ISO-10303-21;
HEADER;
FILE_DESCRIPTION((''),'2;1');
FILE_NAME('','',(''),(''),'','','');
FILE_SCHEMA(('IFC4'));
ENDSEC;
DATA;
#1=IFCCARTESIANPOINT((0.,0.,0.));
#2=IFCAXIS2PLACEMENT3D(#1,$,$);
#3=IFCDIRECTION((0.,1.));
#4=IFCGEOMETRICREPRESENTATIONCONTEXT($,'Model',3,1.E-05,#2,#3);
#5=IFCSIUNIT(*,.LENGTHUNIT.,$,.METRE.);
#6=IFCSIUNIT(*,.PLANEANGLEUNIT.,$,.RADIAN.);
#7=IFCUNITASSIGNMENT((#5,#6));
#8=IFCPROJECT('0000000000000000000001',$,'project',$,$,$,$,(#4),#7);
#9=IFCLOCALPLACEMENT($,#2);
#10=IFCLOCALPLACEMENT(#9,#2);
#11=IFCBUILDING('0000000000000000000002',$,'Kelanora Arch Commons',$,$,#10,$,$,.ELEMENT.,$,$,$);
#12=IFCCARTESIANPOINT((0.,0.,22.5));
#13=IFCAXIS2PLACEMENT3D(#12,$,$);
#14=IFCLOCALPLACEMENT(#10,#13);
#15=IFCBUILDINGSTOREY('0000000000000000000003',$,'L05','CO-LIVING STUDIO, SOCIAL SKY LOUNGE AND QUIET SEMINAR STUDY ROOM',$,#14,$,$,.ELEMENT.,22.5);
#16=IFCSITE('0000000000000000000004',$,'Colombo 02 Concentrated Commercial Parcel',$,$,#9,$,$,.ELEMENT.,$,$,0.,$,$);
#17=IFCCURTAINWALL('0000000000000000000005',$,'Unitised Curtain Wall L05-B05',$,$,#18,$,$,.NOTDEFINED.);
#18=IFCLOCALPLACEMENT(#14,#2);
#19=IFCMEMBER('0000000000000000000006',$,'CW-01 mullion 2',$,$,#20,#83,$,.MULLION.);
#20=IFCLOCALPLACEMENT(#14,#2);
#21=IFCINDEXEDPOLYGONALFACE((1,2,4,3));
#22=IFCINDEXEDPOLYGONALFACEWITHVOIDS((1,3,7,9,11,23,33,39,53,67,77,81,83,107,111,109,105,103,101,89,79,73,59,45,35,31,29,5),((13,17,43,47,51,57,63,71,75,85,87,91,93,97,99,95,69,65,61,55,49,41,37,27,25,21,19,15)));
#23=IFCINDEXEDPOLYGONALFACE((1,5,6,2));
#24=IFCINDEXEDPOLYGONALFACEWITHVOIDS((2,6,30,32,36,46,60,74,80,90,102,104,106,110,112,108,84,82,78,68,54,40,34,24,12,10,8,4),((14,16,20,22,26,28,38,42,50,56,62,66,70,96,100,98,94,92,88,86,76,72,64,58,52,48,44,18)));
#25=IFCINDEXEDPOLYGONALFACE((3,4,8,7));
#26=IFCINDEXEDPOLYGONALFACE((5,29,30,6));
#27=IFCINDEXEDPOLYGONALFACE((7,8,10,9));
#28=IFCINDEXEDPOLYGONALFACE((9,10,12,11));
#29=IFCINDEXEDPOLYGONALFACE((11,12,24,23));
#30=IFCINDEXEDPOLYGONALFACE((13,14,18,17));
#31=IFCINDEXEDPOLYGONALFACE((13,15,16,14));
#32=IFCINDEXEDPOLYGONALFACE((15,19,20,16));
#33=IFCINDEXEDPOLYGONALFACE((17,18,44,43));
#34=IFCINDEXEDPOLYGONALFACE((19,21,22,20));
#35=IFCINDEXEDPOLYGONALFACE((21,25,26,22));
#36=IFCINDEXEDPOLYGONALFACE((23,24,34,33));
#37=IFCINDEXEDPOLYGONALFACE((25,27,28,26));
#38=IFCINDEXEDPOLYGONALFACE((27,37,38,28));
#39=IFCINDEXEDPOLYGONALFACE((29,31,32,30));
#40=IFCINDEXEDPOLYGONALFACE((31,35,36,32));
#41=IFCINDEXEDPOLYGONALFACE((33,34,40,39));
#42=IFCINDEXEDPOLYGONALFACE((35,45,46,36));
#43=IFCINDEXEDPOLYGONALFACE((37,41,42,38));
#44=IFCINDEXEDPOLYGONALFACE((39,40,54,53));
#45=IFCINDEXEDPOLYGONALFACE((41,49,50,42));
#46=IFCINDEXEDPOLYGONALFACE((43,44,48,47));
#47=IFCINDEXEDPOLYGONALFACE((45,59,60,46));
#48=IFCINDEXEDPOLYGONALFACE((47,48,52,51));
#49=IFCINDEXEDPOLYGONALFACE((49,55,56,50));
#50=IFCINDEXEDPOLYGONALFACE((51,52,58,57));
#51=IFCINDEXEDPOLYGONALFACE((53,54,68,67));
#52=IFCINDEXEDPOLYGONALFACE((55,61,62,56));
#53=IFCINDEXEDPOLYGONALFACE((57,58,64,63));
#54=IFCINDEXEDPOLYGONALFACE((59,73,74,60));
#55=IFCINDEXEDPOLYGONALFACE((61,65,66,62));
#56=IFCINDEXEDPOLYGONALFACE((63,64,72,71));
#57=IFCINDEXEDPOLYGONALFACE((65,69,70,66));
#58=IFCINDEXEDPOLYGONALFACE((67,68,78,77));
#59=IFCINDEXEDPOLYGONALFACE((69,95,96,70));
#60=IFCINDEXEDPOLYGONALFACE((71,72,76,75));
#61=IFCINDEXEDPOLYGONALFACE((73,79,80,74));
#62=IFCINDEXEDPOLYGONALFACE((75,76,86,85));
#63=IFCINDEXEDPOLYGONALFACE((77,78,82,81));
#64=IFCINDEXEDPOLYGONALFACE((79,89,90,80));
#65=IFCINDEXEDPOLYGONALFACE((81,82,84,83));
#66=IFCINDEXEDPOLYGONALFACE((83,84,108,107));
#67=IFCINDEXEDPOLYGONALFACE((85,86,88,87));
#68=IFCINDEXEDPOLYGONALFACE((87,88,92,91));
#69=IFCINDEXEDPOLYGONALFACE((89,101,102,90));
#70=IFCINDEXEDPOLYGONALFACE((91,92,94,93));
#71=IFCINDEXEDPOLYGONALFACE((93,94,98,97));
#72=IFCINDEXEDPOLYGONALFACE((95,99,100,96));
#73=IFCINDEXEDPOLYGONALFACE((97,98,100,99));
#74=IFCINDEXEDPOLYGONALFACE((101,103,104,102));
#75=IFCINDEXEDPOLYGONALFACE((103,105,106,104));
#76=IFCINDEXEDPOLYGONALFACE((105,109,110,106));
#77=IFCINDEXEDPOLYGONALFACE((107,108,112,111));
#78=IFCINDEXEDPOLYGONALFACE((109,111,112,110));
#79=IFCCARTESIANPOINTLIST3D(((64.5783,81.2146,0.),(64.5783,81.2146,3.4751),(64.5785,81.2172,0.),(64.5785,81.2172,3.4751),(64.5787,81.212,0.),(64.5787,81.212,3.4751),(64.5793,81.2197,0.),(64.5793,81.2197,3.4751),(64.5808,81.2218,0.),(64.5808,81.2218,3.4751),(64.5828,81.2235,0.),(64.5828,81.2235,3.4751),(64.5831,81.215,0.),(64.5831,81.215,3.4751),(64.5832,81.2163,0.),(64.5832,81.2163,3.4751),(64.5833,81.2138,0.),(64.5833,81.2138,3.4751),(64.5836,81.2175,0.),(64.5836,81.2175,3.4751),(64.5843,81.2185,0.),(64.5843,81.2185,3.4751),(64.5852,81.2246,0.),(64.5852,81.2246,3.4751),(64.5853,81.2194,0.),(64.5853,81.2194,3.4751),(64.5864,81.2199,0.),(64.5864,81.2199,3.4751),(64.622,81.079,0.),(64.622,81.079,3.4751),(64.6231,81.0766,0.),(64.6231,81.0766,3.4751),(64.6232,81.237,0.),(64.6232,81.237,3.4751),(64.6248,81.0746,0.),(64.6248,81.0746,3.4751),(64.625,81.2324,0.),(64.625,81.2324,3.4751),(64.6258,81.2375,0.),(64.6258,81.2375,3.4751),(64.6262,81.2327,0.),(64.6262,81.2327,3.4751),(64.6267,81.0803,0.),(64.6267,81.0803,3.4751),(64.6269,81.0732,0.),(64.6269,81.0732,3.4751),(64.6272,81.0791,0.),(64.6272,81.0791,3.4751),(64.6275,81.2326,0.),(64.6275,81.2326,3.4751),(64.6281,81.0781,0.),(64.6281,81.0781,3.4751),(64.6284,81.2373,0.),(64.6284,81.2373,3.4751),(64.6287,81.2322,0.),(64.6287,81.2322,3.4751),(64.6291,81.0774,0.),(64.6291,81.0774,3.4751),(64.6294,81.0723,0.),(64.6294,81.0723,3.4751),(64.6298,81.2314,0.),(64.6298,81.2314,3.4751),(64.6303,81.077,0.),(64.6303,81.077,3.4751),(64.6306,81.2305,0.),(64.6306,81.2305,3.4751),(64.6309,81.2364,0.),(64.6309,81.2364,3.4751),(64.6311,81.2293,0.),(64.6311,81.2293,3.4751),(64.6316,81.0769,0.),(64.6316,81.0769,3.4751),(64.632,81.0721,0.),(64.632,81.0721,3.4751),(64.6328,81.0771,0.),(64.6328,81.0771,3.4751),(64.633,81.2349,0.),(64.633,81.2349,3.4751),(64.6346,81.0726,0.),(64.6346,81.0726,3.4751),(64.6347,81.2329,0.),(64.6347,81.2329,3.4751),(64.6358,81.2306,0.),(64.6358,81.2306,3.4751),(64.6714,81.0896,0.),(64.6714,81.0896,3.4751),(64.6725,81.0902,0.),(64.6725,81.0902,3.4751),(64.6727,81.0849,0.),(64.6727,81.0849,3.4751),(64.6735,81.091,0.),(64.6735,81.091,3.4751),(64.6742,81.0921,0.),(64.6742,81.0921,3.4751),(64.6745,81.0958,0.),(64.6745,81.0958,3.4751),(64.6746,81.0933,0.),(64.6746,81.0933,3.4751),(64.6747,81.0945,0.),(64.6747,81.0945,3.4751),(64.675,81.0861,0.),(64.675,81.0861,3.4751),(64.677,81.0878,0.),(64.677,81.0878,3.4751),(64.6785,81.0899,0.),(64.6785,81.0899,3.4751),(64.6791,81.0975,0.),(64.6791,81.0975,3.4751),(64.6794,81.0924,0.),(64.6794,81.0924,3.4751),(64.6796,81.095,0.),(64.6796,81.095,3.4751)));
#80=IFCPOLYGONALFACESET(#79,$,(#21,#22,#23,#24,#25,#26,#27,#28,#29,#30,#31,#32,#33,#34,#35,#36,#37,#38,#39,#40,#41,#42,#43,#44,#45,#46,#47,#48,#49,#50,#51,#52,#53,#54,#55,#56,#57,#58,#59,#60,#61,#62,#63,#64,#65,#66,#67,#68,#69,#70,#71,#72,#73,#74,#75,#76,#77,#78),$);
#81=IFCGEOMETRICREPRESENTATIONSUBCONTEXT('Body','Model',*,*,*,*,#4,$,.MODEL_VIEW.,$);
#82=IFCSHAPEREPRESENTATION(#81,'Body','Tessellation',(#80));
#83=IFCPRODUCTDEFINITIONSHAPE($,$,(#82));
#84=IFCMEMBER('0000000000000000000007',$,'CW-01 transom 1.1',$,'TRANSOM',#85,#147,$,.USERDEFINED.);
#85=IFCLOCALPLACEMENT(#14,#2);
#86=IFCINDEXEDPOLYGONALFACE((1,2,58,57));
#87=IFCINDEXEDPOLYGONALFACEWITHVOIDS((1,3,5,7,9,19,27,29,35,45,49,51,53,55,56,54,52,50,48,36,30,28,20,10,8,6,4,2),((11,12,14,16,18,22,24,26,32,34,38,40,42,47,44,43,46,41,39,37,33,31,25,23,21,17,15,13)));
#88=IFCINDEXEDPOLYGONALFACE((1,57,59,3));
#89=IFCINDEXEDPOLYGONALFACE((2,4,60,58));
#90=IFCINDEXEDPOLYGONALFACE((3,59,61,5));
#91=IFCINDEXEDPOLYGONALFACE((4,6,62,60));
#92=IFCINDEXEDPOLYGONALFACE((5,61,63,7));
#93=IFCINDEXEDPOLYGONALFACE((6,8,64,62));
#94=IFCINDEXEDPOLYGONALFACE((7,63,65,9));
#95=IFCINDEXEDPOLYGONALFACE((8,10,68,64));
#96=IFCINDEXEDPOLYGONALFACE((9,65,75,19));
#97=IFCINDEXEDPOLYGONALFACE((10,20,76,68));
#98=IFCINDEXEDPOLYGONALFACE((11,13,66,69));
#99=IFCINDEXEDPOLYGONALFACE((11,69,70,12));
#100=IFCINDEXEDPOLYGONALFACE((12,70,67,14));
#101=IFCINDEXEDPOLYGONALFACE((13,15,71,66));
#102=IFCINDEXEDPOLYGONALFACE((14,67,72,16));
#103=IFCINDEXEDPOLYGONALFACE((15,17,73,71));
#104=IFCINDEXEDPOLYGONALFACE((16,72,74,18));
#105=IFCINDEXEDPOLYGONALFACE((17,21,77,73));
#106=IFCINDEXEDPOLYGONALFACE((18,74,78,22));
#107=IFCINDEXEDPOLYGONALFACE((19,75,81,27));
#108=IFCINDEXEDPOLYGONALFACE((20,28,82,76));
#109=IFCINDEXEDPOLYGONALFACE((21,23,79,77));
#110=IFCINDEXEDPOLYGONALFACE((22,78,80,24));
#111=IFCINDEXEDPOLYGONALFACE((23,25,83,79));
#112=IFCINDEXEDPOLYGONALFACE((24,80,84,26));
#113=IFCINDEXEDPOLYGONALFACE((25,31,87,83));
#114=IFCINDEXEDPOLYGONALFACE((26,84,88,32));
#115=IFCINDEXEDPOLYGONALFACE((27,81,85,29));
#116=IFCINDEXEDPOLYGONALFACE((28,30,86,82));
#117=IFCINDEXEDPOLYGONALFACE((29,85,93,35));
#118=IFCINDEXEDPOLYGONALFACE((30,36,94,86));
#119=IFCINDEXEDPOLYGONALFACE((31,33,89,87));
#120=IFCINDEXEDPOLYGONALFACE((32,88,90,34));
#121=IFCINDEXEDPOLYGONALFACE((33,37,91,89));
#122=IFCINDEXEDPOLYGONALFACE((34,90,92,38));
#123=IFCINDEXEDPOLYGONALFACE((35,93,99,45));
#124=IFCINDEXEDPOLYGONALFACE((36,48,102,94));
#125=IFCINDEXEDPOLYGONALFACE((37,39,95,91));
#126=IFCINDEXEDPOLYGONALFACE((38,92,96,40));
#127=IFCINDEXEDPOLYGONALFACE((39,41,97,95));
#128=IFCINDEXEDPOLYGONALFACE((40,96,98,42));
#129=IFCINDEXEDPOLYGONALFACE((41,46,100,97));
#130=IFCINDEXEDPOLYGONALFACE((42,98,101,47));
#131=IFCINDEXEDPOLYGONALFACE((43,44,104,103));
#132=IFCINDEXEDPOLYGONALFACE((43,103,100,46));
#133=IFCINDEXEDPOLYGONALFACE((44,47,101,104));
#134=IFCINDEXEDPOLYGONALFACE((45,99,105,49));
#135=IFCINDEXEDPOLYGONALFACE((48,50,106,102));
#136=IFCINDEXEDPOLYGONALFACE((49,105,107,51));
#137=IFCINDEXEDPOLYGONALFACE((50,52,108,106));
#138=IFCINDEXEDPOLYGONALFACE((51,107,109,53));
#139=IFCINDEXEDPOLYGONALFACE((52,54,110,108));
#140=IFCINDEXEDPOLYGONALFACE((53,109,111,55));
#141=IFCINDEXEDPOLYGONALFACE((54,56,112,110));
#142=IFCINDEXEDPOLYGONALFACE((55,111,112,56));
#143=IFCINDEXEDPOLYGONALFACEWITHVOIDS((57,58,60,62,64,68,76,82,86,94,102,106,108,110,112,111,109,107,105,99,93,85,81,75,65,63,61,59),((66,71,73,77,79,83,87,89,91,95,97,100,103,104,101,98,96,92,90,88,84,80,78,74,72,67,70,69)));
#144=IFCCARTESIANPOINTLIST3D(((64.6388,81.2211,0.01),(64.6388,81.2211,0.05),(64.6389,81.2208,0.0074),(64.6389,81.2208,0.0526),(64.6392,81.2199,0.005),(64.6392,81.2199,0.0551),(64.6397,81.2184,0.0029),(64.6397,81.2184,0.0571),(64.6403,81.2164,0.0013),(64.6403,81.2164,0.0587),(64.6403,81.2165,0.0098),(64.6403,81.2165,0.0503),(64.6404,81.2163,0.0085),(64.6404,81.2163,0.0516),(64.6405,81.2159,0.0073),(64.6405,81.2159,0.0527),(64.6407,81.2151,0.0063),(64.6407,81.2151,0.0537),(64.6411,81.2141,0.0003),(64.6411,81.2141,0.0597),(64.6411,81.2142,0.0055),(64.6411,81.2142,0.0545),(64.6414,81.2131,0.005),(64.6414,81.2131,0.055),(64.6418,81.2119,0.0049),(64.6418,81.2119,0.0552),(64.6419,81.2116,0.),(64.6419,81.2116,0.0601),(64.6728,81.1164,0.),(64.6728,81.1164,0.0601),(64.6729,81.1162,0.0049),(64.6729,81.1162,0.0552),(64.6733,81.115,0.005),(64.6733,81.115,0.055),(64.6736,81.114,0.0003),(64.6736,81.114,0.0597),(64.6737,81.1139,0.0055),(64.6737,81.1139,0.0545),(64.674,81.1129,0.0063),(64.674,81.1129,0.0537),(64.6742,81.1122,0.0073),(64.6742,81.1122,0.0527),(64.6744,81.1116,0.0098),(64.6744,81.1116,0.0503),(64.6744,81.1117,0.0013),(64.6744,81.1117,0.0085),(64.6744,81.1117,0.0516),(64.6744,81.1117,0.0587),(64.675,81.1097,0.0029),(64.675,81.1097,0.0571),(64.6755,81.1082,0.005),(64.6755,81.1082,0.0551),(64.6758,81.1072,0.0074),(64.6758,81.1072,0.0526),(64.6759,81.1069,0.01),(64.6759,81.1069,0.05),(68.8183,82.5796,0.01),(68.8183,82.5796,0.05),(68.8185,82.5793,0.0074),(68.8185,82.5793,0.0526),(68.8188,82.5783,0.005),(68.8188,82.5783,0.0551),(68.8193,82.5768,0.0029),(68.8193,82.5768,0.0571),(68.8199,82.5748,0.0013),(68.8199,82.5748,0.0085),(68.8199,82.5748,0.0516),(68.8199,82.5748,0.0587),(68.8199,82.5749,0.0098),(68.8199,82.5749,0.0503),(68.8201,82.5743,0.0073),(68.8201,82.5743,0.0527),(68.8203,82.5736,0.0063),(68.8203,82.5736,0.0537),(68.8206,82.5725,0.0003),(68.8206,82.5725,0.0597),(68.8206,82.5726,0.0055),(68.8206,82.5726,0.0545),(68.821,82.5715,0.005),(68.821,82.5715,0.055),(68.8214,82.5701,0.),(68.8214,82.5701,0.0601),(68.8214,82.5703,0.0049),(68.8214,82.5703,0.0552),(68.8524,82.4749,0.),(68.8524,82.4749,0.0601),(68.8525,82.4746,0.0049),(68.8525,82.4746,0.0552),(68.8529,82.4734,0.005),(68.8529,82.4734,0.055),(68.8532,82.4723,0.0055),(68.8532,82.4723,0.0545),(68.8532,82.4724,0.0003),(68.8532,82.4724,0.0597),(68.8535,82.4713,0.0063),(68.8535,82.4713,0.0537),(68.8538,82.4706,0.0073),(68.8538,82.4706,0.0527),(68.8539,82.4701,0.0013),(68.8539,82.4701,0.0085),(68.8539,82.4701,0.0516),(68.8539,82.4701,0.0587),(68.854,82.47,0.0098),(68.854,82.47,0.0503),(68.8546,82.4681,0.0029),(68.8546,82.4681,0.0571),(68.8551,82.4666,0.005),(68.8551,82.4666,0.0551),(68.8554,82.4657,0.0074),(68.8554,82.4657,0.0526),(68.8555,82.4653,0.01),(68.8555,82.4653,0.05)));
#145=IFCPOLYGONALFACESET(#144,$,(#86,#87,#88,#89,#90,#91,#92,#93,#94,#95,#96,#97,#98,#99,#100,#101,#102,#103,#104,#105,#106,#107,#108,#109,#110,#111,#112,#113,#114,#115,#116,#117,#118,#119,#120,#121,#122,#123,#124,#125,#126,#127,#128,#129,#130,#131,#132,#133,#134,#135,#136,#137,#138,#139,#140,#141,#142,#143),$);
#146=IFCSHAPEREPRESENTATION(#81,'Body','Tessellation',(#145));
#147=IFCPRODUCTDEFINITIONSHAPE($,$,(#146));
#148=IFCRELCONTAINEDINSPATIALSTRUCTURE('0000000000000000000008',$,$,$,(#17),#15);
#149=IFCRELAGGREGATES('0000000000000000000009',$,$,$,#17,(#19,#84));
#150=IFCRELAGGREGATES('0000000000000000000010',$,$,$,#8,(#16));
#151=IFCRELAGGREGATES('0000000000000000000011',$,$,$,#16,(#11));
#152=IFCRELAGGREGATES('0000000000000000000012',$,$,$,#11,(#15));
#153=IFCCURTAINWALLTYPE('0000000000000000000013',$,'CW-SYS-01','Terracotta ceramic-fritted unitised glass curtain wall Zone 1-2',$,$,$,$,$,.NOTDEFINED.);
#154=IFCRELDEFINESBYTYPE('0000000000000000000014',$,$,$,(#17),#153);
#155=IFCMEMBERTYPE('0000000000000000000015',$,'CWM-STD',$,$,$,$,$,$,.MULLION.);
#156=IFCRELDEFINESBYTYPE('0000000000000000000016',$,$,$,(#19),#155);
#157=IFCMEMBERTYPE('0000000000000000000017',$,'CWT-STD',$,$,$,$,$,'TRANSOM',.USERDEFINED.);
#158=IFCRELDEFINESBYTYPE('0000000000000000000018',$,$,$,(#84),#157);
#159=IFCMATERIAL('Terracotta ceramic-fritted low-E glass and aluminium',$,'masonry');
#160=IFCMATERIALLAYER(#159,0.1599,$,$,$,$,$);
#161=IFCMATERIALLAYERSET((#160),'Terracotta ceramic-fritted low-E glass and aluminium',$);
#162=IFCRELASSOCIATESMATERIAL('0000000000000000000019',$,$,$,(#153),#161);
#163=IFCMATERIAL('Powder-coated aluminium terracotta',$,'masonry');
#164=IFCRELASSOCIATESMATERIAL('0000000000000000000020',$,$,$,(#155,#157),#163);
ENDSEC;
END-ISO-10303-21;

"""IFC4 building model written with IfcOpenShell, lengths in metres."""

from ifc_helpers import new_model, si_unit, direction, frame, origin, origin_2d, place, context, subcontext, project, spatial, hollow_rectangle, extrude, material, layer, layer_set, material_profile, profile_set, type_object, element, aggregate, save


model = new_model("IFC4")

# Units and contexts
model_context = context("Model", 3, precision=1e-05, world=origin(), true_north=direction((0.0, 1.0)))
body_context = subcontext(model_context, "Body", "Model", "MODEL_VIEW")
ifc_project = project(units=[si_unit("LENGTHUNIT", "METRE"), si_unit("PLANEANGLEUNIT", "RADIAN")], contexts=[model_context])

# Site, building, storey
site_placement = place(None, origin())
site = spatial("IfcSite", under=ifc_project, at=site_placement, Name="Colombo 02 Concentrated Commercial Parcel", CompositionType="ELEMENT", RefElevation=0.0)
building_placement = place(site_placement, origin())
building = spatial("IfcBuilding", under=site, at=building_placement, Name="Kelanora Arch Commons", CompositionType="ELEMENT")
storey_placement = place(building_placement, frame((0.0, 0.0, 22.5)))
storey = spatial("IfcBuildingStorey", under=building, at=storey_placement, Name="L05", Description="CO-LIVING STUDIO, SOCIAL SKY LOUNGE AND QUIET SEMINAR STUDY ROOM", CompositionType="ELEMENT", Elevation=22.5)

# Curtain wall, members
ifc_material_1 = material(Name="Terracotta ceramic-fritted low-E glass and aluminium", Category="masonry")
ifc_layer_1 = layer(ifc_material_1, 0.1599)
ifc_layer_set_1 = layer_set([ifc_layer_1], Name="Terracotta ceramic-fritted low-E glass and aluminium")
curtain_wall_type = type_object("IfcCurtainWallType", Name="CW-SYS-01", Description="Terracotta ceramic-fritted unitised glass curtain wall Zone 1-2", PredefinedType="NOTDEFINED", material=ifc_layer_set_1)
curtain_wall_placement = place(storey_placement, origin())
curtain_wall = element("IfcCurtainWall", 1, at=curtain_wall_placement, inside=storey, type_object=curtain_wall_type, Name="Unitised Curtain Wall L05-B05", PredefinedType="NOTDEFINED")
ifc_material_2 = material(Name="Powder-coated aluminium terracotta", Category="masonry")
ifc_material_profile_1 = material_profile(ifc_material_2, hollow_rectangle(XDim=0.1599, YDim=0.0601, WallThickness=0.0049, InnerFilletRadius=0.0049, OuterFilletRadius=0.01, at=origin_2d()), Name="CWM160x60")
ifc_profile_set_1 = profile_set([ifc_material_profile_1], Name="Powder-coated aluminium terracotta")
member_type_1 = type_object("IfcMemberType", Name="CWM-STD", PredefinedType="MULLION", material=ifc_profile_set_1)
member_1_placement = place(storey_placement, frame((64.6289, 81.1548, 0.0), z_axis=(0.0, 0.0, 1.0), x_axis=(0.309058, -0.951043, 0.0)))
member_1 = element("IfcMember", 2, at=member_1_placement, type_object=member_type_1, Name="CW-01 mullion 2", PredefinedType="MULLION", context=body_context, shape_type="SweptSolid", body=[
    extrude(hollow_rectangle(XDim=0.1599, YDim=0.0601, WallThickness=0.0049, InnerFilletRadius=0.0049, OuterFilletRadius=0.01, at=origin_2d()), origin(), (0.0, 0.0, 1.0), 3.4751),
])
ifc_material_profile_2 = material_profile(ifc_material_2, hollow_rectangle(XDim=0.1201, YDim=0.0601, WallThickness=0.0049, InnerFilletRadius=0.0049, OuterFilletRadius=0.01, at=origin_2d()), Name="CWT120x60")
ifc_profile_set_2 = profile_set([ifc_material_profile_2], Name="Powder-coated aluminium terracotta")
member_type_2 = type_object("IfcMemberType", Name="CWT-STD", ElementType="TRANSOM", PredefinedType="USERDEFINED", material=ifc_profile_set_2)
member_2_placement = place(storey_placement, frame((68.8369, 82.5225, 0.03), z_axis=(-0.951029, -0.309102, 0.0), x_axis=(0.309102, -0.951029, 0.0)))
member_2 = element("IfcMember", 3, at=member_2_placement, type_object=member_type_2, Name="CW-01 transom 1.1", ObjectType="TRANSOM", PredefinedType="USERDEFINED", context=body_context, shape_type="SweptSolid", body=[
    extrude(hollow_rectangle(XDim=0.1201, YDim=0.0601, WallThickness=0.0049, InnerFilletRadius=0.0049, OuterFilletRadius=0.01, at=origin_2d()), origin(), (0.0, 0.0, 1.0), 4.3948),
])
aggregate(curtain_wall, [member_1, member_2])

save(model, "model.ifc")
